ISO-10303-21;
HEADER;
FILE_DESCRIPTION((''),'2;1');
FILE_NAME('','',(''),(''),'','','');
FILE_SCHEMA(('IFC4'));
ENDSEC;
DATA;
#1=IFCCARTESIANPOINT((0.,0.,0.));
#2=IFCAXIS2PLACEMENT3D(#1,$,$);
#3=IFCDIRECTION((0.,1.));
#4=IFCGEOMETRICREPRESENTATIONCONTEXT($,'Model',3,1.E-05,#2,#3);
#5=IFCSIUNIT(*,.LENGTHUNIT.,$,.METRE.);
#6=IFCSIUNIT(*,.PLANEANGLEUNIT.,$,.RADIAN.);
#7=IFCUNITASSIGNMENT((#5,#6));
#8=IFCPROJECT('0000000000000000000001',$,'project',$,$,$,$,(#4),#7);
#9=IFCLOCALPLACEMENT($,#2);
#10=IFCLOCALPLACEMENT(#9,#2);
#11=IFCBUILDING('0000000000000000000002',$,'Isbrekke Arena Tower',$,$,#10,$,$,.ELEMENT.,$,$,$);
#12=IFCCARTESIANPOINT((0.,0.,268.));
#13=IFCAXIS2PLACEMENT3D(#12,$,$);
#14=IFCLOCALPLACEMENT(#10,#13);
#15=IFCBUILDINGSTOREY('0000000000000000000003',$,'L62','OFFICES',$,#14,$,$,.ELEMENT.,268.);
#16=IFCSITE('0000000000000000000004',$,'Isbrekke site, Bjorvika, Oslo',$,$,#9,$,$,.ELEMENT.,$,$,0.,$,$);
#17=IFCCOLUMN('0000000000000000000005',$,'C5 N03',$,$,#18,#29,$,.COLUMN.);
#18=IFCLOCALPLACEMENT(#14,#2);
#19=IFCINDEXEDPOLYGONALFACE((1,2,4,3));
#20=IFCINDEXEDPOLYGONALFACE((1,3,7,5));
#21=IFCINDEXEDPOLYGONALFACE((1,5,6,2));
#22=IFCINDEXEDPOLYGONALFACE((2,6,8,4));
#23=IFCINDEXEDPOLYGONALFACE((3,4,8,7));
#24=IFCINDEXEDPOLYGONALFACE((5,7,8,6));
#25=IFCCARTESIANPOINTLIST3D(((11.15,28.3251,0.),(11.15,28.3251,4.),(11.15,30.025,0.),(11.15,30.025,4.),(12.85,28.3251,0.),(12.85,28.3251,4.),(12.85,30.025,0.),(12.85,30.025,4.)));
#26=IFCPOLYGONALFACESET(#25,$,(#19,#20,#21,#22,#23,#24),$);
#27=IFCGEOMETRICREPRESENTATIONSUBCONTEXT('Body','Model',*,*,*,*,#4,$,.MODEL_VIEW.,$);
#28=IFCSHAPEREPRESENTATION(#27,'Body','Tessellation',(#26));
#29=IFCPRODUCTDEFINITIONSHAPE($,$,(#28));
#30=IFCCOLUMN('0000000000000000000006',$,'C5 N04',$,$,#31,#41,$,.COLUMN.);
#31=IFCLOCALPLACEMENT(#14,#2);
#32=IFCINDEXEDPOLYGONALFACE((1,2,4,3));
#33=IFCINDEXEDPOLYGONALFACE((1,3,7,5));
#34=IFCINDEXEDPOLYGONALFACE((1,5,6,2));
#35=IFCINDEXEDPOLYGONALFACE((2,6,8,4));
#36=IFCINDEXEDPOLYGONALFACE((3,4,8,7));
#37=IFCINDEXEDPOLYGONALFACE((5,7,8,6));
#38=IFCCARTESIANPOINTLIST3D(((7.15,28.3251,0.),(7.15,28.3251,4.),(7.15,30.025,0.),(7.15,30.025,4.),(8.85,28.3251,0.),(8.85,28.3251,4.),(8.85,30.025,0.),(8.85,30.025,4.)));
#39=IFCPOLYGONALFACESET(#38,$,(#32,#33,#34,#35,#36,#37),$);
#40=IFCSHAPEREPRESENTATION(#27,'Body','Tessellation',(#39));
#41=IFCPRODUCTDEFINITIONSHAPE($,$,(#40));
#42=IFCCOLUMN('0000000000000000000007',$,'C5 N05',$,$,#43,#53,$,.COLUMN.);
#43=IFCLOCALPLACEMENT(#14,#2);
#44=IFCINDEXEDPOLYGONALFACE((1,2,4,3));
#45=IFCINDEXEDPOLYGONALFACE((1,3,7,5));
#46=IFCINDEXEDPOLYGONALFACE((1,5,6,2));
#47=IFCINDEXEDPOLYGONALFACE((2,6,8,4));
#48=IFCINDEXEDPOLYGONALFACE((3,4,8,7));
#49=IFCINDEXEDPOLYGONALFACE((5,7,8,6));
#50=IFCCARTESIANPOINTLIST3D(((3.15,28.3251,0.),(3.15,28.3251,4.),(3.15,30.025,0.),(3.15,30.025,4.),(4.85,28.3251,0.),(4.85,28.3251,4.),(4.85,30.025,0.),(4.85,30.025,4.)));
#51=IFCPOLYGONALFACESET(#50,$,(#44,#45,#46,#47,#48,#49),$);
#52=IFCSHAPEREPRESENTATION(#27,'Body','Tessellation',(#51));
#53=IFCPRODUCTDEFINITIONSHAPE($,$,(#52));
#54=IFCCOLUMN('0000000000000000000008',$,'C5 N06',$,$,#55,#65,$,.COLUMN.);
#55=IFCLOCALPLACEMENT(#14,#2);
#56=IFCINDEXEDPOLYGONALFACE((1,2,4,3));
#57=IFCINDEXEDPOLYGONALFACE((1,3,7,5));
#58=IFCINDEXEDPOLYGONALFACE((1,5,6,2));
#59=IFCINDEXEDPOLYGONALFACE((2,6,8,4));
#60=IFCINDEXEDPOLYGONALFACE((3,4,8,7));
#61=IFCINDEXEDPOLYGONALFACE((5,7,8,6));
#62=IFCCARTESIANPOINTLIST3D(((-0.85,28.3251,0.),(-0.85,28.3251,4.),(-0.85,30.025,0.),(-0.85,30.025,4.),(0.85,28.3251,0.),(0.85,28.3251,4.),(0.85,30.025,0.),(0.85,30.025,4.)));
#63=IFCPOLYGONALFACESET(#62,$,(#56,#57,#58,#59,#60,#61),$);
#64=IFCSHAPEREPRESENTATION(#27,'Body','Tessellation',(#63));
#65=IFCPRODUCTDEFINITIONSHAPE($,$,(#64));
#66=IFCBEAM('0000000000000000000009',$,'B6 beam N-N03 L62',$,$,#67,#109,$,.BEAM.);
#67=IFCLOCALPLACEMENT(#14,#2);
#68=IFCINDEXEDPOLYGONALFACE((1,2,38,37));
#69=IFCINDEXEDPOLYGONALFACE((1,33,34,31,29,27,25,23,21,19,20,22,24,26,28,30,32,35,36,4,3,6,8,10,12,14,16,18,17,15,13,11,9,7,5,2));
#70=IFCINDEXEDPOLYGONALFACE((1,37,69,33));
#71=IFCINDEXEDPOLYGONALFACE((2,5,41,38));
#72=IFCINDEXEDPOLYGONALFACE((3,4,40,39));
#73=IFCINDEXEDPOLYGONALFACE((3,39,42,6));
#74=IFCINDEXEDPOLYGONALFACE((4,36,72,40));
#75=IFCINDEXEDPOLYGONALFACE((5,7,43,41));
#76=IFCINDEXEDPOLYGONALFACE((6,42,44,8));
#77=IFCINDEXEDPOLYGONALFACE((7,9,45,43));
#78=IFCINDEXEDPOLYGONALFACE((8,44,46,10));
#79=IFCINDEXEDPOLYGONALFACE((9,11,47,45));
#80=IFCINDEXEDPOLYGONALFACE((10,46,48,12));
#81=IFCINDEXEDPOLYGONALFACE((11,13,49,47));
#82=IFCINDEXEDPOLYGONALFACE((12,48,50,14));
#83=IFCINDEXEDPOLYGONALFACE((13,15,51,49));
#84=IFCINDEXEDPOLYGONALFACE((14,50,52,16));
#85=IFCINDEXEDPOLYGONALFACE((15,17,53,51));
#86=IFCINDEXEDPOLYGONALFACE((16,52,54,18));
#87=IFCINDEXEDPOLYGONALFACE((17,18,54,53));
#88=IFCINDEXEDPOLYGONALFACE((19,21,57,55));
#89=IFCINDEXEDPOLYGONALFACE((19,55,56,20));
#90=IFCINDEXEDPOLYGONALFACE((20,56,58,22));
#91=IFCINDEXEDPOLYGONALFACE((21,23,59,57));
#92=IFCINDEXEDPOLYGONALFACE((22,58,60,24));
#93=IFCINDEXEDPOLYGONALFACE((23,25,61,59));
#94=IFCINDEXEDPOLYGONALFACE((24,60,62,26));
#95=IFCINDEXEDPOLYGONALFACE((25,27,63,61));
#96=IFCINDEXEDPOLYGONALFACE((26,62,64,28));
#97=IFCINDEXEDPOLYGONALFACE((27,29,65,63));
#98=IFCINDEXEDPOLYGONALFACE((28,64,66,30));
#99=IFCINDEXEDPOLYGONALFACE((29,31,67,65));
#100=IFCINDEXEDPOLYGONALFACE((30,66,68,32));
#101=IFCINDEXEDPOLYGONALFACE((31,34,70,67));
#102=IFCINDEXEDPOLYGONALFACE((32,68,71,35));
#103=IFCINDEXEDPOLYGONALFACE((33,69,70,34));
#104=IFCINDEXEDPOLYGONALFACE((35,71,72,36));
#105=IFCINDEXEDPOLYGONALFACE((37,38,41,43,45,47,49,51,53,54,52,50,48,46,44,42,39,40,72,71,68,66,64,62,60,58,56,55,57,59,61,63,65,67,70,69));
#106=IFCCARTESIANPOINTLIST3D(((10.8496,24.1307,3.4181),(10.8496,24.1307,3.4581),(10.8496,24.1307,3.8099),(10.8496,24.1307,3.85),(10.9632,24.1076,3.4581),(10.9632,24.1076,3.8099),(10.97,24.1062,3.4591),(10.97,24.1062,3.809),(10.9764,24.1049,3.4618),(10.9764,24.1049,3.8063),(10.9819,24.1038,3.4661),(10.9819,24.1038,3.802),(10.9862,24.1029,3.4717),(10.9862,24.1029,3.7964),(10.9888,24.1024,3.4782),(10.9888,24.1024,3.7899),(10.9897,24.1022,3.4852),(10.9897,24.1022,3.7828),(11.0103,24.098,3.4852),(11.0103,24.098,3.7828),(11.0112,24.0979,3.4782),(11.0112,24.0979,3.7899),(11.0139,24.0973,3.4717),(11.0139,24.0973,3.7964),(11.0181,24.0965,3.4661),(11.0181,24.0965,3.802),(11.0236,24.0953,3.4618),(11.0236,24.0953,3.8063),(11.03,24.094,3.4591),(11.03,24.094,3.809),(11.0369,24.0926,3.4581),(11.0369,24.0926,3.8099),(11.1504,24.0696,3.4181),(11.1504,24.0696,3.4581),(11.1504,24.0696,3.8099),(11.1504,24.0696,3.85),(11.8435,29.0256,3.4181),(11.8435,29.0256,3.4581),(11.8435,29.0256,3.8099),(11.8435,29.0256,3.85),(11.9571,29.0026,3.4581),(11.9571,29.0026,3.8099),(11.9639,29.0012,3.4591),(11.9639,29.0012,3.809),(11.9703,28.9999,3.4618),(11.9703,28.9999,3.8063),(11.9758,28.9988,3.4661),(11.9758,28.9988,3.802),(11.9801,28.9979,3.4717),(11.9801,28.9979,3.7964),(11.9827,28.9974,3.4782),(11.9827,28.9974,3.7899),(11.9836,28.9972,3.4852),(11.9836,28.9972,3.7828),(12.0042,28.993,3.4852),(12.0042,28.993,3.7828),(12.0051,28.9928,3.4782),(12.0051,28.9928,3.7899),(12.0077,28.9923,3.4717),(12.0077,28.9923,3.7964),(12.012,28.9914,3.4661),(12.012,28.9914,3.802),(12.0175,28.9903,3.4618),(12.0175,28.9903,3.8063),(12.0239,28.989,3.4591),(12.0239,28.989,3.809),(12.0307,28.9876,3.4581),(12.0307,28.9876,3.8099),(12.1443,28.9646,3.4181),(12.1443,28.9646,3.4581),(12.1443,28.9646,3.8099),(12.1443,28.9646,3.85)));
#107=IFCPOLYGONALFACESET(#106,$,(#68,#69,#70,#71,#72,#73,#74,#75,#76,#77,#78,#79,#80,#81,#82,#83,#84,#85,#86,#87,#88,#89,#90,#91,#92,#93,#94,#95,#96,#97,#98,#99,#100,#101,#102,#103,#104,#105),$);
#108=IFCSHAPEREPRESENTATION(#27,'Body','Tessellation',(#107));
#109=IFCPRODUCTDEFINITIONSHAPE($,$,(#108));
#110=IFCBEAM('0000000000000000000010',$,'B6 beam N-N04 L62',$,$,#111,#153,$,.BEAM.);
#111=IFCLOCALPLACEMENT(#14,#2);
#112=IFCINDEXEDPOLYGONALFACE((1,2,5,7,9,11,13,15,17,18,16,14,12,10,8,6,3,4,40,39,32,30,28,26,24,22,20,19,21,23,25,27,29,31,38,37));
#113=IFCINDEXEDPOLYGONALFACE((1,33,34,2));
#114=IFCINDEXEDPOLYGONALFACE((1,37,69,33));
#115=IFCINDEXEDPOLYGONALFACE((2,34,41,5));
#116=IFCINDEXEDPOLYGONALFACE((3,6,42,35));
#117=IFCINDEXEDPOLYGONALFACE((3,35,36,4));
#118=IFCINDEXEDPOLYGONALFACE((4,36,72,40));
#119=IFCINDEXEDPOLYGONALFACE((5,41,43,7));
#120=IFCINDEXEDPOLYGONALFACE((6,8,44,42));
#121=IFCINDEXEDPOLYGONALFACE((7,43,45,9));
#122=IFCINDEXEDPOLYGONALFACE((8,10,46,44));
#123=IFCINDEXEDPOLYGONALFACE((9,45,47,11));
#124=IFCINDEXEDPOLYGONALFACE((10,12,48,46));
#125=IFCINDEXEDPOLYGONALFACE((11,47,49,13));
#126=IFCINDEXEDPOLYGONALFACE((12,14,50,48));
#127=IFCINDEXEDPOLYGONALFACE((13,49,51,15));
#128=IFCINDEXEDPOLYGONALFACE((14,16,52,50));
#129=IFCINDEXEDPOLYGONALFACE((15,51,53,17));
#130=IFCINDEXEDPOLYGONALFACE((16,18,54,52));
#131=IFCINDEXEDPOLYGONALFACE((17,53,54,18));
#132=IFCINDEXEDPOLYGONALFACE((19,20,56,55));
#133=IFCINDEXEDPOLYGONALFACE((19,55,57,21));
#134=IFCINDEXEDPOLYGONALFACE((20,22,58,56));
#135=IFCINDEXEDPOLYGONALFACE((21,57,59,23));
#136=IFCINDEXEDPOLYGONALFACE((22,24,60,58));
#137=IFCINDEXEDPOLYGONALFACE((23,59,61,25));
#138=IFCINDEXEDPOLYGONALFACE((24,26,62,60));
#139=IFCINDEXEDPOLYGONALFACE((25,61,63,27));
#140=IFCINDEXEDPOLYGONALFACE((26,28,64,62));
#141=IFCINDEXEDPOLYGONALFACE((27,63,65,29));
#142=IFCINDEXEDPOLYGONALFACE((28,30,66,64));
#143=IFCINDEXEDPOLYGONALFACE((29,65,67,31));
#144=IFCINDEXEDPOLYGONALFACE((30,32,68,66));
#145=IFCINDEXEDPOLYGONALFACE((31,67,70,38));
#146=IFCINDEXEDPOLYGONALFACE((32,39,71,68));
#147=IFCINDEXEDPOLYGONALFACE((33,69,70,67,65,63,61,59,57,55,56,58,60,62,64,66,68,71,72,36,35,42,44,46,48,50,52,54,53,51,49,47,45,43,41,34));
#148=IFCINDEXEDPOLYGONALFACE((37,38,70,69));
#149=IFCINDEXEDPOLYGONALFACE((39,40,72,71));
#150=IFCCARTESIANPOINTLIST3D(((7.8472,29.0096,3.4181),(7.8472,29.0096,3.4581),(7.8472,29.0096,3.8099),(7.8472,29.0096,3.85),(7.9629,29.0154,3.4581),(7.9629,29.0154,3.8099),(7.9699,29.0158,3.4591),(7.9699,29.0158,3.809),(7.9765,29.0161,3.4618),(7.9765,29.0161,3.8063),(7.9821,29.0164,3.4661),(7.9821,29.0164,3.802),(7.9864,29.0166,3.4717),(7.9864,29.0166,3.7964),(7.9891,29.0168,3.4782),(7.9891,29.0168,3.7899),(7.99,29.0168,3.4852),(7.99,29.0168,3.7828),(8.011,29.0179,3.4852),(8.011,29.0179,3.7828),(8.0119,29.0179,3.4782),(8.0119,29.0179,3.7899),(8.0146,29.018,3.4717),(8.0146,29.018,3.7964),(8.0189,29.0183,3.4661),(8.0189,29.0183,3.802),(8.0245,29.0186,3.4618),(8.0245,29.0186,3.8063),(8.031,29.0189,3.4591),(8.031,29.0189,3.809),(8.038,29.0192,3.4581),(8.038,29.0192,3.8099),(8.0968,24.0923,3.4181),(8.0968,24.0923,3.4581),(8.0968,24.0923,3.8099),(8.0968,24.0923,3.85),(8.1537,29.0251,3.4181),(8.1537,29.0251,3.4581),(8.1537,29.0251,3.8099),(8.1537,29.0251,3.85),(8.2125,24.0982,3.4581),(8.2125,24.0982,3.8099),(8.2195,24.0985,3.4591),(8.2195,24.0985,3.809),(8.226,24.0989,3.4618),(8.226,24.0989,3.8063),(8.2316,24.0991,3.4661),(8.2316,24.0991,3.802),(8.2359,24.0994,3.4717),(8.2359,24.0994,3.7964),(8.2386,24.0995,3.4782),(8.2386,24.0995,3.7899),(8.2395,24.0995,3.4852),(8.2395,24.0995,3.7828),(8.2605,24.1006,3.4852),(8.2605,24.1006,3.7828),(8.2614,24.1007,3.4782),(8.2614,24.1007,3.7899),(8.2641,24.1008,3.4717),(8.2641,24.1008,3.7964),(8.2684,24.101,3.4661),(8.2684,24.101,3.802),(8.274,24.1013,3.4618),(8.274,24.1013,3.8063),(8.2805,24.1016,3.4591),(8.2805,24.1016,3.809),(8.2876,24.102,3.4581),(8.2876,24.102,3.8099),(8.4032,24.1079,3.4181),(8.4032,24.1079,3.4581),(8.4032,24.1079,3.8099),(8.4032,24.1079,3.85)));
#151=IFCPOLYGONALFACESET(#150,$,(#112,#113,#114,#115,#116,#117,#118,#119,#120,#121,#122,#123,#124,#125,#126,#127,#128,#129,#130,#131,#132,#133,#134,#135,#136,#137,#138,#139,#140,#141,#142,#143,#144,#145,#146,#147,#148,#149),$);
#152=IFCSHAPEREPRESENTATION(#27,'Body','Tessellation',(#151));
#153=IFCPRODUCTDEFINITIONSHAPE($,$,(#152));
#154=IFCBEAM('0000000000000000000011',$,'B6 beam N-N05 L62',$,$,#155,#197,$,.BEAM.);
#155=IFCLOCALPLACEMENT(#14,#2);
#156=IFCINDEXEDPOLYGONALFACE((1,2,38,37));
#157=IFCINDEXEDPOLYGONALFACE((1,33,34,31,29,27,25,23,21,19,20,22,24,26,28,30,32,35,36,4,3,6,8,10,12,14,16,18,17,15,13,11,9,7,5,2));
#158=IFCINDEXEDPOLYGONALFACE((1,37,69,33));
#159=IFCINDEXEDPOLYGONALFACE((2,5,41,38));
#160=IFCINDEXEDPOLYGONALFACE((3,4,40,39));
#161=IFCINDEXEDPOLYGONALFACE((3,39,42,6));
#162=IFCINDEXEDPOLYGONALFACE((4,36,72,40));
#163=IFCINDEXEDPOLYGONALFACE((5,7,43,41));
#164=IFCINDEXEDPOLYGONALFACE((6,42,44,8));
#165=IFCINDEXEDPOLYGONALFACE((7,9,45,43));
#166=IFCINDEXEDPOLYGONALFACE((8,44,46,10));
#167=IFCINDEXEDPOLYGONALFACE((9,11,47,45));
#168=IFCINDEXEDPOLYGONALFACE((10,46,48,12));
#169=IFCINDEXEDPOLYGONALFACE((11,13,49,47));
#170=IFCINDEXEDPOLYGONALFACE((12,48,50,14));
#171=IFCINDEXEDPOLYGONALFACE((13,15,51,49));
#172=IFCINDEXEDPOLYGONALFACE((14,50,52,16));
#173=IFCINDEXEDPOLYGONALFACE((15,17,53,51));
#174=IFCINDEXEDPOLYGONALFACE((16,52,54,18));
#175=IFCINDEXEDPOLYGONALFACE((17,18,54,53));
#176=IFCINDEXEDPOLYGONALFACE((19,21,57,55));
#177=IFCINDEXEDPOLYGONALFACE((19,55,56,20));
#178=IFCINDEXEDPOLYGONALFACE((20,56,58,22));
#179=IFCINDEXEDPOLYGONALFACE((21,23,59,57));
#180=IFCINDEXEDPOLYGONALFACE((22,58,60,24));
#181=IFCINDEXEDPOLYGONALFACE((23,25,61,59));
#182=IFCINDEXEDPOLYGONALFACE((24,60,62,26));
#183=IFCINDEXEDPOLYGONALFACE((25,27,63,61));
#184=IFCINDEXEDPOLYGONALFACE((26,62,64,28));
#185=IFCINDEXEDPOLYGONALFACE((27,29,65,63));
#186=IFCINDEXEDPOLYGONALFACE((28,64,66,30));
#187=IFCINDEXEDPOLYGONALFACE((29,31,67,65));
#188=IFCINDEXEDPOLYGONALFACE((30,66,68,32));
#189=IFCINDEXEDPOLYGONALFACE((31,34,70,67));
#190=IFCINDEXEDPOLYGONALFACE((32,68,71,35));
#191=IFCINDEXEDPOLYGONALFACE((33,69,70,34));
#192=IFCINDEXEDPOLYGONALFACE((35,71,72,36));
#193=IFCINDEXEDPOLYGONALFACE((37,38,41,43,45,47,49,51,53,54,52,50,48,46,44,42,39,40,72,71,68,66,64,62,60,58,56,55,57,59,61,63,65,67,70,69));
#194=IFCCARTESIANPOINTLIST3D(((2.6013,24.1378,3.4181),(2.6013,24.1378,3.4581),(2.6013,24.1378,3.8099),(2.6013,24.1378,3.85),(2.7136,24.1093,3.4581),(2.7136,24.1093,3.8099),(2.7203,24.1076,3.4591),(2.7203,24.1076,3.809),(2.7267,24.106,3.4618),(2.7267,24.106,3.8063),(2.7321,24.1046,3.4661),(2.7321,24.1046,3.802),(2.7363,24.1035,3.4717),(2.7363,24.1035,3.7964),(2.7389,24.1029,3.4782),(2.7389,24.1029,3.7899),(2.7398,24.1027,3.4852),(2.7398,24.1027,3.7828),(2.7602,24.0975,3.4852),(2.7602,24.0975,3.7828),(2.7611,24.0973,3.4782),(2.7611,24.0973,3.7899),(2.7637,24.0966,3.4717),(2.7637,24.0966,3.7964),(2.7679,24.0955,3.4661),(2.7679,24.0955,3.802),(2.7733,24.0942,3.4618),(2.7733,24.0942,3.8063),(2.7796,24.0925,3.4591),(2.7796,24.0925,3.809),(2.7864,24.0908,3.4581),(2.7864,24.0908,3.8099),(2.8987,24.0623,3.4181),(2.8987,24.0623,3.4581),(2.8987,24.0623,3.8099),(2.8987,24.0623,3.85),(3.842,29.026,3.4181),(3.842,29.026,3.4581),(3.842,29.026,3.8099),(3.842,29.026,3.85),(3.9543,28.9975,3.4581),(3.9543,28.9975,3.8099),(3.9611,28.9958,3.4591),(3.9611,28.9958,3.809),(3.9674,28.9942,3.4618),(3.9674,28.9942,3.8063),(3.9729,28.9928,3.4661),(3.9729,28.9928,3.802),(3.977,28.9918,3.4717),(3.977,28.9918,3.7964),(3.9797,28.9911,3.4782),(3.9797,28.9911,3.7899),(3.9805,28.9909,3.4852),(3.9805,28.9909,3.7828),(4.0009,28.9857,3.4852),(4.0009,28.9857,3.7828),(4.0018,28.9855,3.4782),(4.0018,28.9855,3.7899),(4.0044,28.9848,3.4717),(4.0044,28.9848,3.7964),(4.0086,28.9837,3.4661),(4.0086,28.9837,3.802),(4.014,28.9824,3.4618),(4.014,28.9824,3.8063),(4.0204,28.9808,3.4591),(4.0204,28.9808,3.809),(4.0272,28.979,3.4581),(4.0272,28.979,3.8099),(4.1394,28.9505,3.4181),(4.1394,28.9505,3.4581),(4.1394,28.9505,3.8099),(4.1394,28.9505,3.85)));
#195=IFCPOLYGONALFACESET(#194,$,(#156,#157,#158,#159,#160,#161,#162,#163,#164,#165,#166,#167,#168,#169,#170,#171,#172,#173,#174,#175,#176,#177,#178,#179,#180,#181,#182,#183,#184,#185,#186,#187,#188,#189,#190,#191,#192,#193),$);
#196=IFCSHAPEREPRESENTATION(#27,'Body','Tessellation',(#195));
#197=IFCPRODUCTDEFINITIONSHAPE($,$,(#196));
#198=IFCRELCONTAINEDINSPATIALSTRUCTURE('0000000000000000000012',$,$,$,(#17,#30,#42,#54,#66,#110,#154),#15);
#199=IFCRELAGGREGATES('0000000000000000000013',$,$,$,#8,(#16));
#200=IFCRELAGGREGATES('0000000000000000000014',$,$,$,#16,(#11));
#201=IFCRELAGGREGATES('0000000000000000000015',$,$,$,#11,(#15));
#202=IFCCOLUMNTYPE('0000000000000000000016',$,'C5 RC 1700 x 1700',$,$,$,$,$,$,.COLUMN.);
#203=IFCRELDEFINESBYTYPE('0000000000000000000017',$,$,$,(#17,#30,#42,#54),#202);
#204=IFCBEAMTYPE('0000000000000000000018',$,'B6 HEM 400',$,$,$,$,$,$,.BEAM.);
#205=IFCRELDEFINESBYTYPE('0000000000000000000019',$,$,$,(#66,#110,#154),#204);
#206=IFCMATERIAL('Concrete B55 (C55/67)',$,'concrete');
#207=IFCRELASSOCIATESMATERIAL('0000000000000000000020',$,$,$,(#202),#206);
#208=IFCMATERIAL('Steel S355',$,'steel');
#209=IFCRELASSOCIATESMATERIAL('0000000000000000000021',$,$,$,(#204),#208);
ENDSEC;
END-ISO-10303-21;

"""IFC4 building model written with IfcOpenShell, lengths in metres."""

from ifc_helpers import new_model, si_unit, direction, frame, origin, origin_2d, place, context, subcontext, project, spatial, rectangle, i_section, extrude, material, material_profile, profile_set, type_object, element, save


model = new_model("IFC4")

# Units and contexts
model_context = context("Model", 3, precision=1e-05, world=origin(), true_north=direction((0.0, 1.0)))
body_context = subcontext(model_context, "Body", "Model", "MODEL_VIEW")
ifc_project = project(units=[si_unit("LENGTHUNIT", "METRE"), si_unit("PLANEANGLEUNIT", "RADIAN")], contexts=[model_context])

# Site, building, storey
site_placement = place(None, origin())
site = spatial("IfcSite", under=ifc_project, at=site_placement, Name="Isbrekke site, Bjorvika, Oslo", CompositionType="ELEMENT", RefElevation=0.0)
building_placement = place(site_placement, origin())
building = spatial("IfcBuilding", under=site, at=building_placement, Name="Isbrekke Arena Tower", CompositionType="ELEMENT")
storey_placement = place(building_placement, frame((0.0, 0.0, 268.0)))
storey = spatial("IfcBuildingStorey", under=building, at=storey_placement, Name="L62", Description="OFFICES", CompositionType="ELEMENT", Elevation=268.0)

# Columns
ifc_material_1 = material(Name="Concrete B55 (C55/67)", Category="concrete")
ifc_material_profile_1 = material_profile(ifc_material_1, rectangle(XDim=1.7, YDim=1.7, at=origin_2d()), Name="RC 1700x1700")
ifc_profile_set_1 = profile_set([ifc_material_profile_1], Name="Concrete B55 (C55/67)")
column_type = type_object("IfcColumnType", Name="C5 RC 1700 x 1700", PredefinedType="COLUMN", material=ifc_profile_set_1)
for number, where, z_axis, x_axis, name in (
    (1, (12.0, 29.175, 0.0), (0.0, 0.0, 1.0), (-1.0, 0.0, 0.0), "C5 N03"),
    (2, (8.0, 29.175, 0.0), (0.0, 0.0, 1.0), (-1.0, 0.0, 0.0), "C5 N04"),
    (3, (4.0, 29.175, 0.0), (0.0, 0.0, 1.0), (-1.0, 0.0, 0.0), "C5 N05"),
    (4, (0.0, 29.175, 0.0), (0.0, 0.0, 1.0), (-1.0, 0.0, 0.0), "C5 N06"),
):
    element("IfcColumn", number, at=place(storey_placement, frame(where, z_axis=z_axis, x_axis=x_axis)), inside=storey, type_object=column_type, Name=name, PredefinedType="COLUMN", context=body_context, shape_type="SweptSolid", body=[
        extrude(rectangle(XDim=1.7, YDim=1.7, at=origin_2d()), origin(), (0.0, 0.0, 1.0), 4.0),
    ])

# Beams
ifc_material_2 = material(Name="Steel S355", Category="steel")
ifc_material_profile_2 = material_profile(ifc_material_2, i_section(OverallWidth=0.3069, OverallDepth=0.4319, WebThickness=0.021, FlangeThickness=0.04, FilletRadius=0.0271, at=origin_2d()), Name="HEM 400")
ifc_profile_set_2 = profile_set([ifc_material_profile_2], Name="Steel S355")
beam_type_1 = type_object("IfcBeamType", Name="B6 HEM 400", PredefinedType="BEAM", material=ifc_profile_set_2)
beam_1_placement = place(storey_placement, frame((11.9939, 28.9951, 3.634), z_axis=(-0.198982, -0.980003, 0.0), x_axis=(0.980003, -0.198982, 0.0)))
element("IfcBeam", 5, at=beam_1_placement, inside=storey, type_object=beam_type_1, Name="B6 beam N-N03 L62", PredefinedType="BEAM", context=body_context, shape_type="SweptSolid", body=[
    extrude(i_section(OverallWidth=0.3069, OverallDepth=0.4319, WebThickness=0.021, FlangeThickness=0.04, FilletRadius=0.0271, at=origin_2d()), origin(), (0.0, 0.0, 1.0), 4.9949),
])
beam_2_placement = place(storey_placement, frame((8.0005, 29.0173, 3.634), z_axis=(0.050677, -0.998715, 0.0), x_axis=(0.998715, 0.050677, 0.0)))
element("IfcBeam", 6, at=beam_2_placement, inside=storey, type_object=beam_type_1, Name="B6 beam N-N04 L62", PredefinedType="BEAM", context=body_context, shape_type="SweptSolid", body=[
    extrude(i_section(OverallWidth=0.3069, OverallDepth=0.4319, WebThickness=0.021, FlangeThickness=0.04, FilletRadius=0.0271, at=origin_2d()), origin(), (0.0, 0.0, 1.0), 4.9236),
])
beam_3_placement = place(storey_placement, frame((3.9907, 28.9883, 3.634), z_axis=(-0.24602, -0.969265, 0.0), x_axis=(0.969265, -0.24602, 0.0)))
element("IfcBeam", 7, at=beam_3_placement, inside=storey, type_object=beam_type_1, Name="B6 beam N-N05 L62", PredefinedType="BEAM", context=body_context, shape_type="SweptSolid", body=[
    extrude(i_section(OverallWidth=0.3069, OverallDepth=0.4319, WebThickness=0.021, FlangeThickness=0.04, FilletRadius=0.0271, at=origin_2d()), origin(), (0.0, 0.0, 1.0), 5.0432),
])

save(model, "model.ifc")
